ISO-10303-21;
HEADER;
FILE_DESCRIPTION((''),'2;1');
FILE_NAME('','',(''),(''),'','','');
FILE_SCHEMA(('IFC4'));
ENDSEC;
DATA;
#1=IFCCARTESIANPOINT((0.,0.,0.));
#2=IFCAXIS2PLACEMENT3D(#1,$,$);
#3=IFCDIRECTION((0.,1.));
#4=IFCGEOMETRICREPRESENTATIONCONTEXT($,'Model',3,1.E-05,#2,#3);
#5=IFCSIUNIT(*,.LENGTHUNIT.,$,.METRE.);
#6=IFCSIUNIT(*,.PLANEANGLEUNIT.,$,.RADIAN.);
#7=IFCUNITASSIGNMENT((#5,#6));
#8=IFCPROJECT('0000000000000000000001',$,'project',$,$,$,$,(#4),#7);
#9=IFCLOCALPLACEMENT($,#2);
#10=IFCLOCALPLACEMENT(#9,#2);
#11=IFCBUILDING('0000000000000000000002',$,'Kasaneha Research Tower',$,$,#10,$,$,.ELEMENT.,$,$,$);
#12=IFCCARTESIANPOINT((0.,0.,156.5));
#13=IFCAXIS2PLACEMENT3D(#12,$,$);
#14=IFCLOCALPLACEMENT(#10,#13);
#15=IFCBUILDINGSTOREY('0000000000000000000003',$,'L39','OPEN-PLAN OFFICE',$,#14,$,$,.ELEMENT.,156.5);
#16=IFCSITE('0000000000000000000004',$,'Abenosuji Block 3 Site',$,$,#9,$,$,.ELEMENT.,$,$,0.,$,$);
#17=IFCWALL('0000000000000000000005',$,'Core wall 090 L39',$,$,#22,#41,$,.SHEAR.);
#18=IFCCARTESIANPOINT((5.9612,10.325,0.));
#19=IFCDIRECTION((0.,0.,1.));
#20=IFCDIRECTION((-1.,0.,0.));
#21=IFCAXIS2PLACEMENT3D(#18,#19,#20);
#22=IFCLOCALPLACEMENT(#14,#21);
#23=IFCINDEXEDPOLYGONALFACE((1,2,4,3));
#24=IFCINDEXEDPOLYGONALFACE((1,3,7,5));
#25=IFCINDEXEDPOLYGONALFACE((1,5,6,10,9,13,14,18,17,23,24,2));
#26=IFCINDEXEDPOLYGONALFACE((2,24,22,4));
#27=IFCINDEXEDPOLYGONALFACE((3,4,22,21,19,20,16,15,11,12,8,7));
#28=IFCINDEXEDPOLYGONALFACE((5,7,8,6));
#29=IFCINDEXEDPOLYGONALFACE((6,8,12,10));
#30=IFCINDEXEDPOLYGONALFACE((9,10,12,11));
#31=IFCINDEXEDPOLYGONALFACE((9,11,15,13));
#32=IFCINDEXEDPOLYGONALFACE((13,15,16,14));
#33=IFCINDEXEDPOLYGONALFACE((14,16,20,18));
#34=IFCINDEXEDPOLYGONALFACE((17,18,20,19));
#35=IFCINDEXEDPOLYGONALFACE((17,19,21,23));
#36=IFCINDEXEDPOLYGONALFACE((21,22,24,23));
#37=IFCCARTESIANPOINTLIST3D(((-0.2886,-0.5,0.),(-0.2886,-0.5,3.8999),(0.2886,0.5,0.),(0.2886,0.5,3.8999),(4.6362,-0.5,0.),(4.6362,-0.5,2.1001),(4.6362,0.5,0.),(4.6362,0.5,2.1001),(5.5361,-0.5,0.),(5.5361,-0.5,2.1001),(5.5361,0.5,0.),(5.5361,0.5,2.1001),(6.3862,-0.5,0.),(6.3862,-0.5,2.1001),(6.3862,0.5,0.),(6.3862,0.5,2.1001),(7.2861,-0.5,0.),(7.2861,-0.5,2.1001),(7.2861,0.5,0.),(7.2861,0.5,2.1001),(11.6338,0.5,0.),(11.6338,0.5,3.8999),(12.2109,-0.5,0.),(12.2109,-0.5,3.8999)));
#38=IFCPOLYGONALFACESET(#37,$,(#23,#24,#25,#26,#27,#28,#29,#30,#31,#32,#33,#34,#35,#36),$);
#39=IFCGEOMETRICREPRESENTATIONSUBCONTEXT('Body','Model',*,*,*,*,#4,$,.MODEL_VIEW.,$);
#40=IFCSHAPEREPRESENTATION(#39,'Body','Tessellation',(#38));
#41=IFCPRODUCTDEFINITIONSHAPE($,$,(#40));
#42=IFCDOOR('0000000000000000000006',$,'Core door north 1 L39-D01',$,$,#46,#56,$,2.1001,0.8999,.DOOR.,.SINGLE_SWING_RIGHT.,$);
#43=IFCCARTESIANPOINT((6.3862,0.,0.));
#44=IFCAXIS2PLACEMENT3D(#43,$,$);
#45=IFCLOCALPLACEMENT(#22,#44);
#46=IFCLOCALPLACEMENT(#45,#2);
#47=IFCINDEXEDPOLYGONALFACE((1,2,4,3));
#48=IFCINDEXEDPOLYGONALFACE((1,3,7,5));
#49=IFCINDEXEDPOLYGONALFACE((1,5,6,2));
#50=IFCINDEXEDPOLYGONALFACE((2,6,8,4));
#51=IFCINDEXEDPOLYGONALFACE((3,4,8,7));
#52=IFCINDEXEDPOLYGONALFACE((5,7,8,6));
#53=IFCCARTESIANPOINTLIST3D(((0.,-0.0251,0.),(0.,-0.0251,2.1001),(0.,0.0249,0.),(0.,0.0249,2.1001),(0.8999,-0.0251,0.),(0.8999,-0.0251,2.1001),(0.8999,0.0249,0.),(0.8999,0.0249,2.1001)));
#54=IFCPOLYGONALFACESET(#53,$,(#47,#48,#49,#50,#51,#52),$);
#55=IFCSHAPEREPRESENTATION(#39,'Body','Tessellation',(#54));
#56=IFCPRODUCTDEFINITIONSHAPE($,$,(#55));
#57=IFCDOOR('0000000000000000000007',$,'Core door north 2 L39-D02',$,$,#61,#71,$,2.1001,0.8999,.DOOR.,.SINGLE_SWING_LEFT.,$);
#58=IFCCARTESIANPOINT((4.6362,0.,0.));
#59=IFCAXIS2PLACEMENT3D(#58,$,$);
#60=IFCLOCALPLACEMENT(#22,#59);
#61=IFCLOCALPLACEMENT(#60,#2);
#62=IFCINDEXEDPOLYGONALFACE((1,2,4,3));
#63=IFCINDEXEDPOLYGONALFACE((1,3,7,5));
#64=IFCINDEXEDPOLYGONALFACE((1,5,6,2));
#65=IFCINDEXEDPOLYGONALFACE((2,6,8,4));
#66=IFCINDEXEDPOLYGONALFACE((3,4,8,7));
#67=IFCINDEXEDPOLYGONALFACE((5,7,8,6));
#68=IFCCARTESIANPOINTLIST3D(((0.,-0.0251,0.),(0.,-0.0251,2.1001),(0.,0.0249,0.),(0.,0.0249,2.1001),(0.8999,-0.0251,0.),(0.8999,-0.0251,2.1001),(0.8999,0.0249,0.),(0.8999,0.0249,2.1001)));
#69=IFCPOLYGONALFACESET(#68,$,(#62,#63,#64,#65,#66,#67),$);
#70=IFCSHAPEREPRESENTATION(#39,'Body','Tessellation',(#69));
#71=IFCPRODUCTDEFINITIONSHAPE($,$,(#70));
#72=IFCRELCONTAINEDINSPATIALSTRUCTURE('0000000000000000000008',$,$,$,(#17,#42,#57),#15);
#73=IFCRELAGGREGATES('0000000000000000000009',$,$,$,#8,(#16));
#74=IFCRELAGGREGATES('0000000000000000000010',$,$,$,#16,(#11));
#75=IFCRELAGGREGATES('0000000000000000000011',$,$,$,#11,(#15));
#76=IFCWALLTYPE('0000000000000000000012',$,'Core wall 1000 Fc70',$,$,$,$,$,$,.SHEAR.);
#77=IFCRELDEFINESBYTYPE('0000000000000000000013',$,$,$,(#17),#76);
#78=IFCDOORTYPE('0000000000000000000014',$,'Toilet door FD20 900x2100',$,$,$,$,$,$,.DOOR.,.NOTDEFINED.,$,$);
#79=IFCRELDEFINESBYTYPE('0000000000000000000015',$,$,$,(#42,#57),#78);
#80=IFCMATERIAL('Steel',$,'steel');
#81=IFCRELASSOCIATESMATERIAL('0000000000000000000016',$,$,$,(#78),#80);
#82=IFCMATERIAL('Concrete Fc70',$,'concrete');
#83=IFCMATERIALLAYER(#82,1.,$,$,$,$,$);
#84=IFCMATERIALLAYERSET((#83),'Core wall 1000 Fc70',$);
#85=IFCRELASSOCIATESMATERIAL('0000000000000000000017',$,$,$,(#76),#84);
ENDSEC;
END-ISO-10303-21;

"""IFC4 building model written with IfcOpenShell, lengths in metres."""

from ifc_helpers import new_model, si_unit, direction, frame, frame_2d, origin, place, context, subcontext, project, spatial, polyline, rectangle, outline, extrude, material, layer, layer_set, type_object, element, fill, save


model = new_model("IFC4")

# Units and contexts
model_context = context("Model", 3, precision=1e-05, world=origin(), true_north=direction((0.0, 1.0)))
body_context = subcontext(model_context, "Body", "Model", "MODEL_VIEW")
ifc_project = project(units=[si_unit("LENGTHUNIT", "METRE"), si_unit("PLANEANGLEUNIT", "RADIAN")], contexts=[model_context])

# Site, building, storey
site_placement = place(None, origin())
site = spatial("IfcSite", under=ifc_project, at=site_placement, Name="Abenosuji Block 3 Site", CompositionType="ELEMENT", RefElevation=0.0)
building_placement = place(site_placement, origin())
building = spatial("IfcBuilding", under=site, at=building_placement, Name="Kasaneha Research Tower", CompositionType="ELEMENT")
storey_placement = place(building_placement, frame((0.0, 0.0, 156.5)))
storey = spatial("IfcBuildingStorey", under=building, at=storey_placement, Name="L39", Description="OPEN-PLAN OFFICE", CompositionType="ELEMENT", Elevation=156.5)

# Shared definitions
ifc_material_1 = material(Name="Steel", Category="steel")
door_type_1 = type_object("IfcDoorType", Name="Toilet door FD20 900x2100", OperationType="NOTDEFINED", PredefinedType="DOOR", material=ifc_material_1)

# Wall, openings, doors
ifc_material_2 = material(Name="Concrete Fc70", Category="concrete")
ifc_layer_1 = layer(ifc_material_2, 1.0)
ifc_layer_set_1 = layer_set([ifc_layer_1], Name="Core wall 1000 Fc70")
wall_type_1 = type_object("IfcWallType", Name="Core wall 1000 Fc70", PredefinedType="SHEAR", material=ifc_layer_set_1)
wall_1_placement = place(storey_placement, frame((5.9612, 10.325, 0.0), z_axis=(0.0, 0.0, 1.0), x_axis=(-1.0, 0.0, 0.0)))
wall_1 = element("IfcWall", 1, at=wall_1_placement, inside=storey, type_object=wall_type_1, Name="Core wall 090 L39", PredefinedType="SHEAR", context=body_context, shape_type="SweptSolid", body=[
    extrude(outline(polyline([(-0.2886, -0.5), (4.6362, -0.5), (5.5361, -0.5), (6.3862, -0.5), (7.2861, -0.5), (12.2109, -0.5), (11.6338, 0.5), (7.2861, 0.5), (6.3862, 0.5), (5.5361, 0.5), (4.6362, 0.5), (0.2886, 0.5), (-0.2886, -0.5)])), origin(), (0.0, 0.0, 1.0), 3.8999),
])
opening_1_placement = place(wall_1_placement, frame((6.3862, 0.0, 0.0)))
opening_1 = element("IfcOpeningElement", 2, at=opening_1_placement, cuts=wall_1, PredefinedType="OPENING", context=body_context, shape_type="SweptSolid", body=[
    extrude(rectangle(XDim=0.8999, YDim=2.1001, at=frame_2d((0.45, 1.05))), frame((0.0, 0.51, 0.0), z_axis=(0.0, -1.0, 0.0), x_axis=(1.0, 0.0, 0.0)), (0.0, 0.0, 1.0), 1.02),
])
opening_2_placement = place(wall_1_placement, frame((4.6362, 0.0, 0.0)))
opening_2 = element("IfcOpeningElement", 3, at=opening_2_placement, cuts=wall_1, PredefinedType="OPENING", context=body_context, shape_type="SweptSolid", body=[
    extrude(rectangle(XDim=0.8999, YDim=2.1001, at=frame_2d((0.45, 1.05))), frame((0.0, 0.51, 0.0), z_axis=(0.0, -1.0, 0.0), x_axis=(1.0, 0.0, 0.0)), (0.0, 0.0, 1.0), 1.02),
])
door_1_placement = place(opening_1_placement, origin())
door_1 = element("IfcDoor", 4, at=door_1_placement, inside=storey, type_object=door_type_1, Name="Core door north 1 L39-D01", OperationType="SINGLE_SWING_RIGHT", OverallHeight=2.1001, OverallWidth=0.8999, PredefinedType="DOOR", context=body_context, shape_type="SweptSolid", body=[
    extrude(rectangle(XDim=0.8999, YDim=2.1001, at=frame_2d((0.45, 1.05))), frame((0.0, 0.0249, 0.0), z_axis=(0.0, -1.0, 0.0), x_axis=(1.0, 0.0, 0.0)), (0.0, 0.0, 1.0), 0.05),
])
fill(opening_1, door_1)
door_2_placement = place(opening_2_placement, origin())
door_2 = element("IfcDoor", 5, at=door_2_placement, inside=storey, type_object=door_type_1, Name="Core door north 2 L39-D02", OperationType="SINGLE_SWING_LEFT", OverallHeight=2.1001, OverallWidth=0.8999, PredefinedType="DOOR", context=body_context, shape_type="SweptSolid", body=[
    extrude(rectangle(XDim=0.8999, YDim=2.1001, at=frame_2d((0.45, 1.05))), frame((0.0, 0.0249, 0.0), z_axis=(0.0, -1.0, 0.0), x_axis=(1.0, 0.0, 0.0)), (0.0, 0.0, 1.0), 0.05),
])
fill(opening_2, door_2)

save(model, "model.ifc")
